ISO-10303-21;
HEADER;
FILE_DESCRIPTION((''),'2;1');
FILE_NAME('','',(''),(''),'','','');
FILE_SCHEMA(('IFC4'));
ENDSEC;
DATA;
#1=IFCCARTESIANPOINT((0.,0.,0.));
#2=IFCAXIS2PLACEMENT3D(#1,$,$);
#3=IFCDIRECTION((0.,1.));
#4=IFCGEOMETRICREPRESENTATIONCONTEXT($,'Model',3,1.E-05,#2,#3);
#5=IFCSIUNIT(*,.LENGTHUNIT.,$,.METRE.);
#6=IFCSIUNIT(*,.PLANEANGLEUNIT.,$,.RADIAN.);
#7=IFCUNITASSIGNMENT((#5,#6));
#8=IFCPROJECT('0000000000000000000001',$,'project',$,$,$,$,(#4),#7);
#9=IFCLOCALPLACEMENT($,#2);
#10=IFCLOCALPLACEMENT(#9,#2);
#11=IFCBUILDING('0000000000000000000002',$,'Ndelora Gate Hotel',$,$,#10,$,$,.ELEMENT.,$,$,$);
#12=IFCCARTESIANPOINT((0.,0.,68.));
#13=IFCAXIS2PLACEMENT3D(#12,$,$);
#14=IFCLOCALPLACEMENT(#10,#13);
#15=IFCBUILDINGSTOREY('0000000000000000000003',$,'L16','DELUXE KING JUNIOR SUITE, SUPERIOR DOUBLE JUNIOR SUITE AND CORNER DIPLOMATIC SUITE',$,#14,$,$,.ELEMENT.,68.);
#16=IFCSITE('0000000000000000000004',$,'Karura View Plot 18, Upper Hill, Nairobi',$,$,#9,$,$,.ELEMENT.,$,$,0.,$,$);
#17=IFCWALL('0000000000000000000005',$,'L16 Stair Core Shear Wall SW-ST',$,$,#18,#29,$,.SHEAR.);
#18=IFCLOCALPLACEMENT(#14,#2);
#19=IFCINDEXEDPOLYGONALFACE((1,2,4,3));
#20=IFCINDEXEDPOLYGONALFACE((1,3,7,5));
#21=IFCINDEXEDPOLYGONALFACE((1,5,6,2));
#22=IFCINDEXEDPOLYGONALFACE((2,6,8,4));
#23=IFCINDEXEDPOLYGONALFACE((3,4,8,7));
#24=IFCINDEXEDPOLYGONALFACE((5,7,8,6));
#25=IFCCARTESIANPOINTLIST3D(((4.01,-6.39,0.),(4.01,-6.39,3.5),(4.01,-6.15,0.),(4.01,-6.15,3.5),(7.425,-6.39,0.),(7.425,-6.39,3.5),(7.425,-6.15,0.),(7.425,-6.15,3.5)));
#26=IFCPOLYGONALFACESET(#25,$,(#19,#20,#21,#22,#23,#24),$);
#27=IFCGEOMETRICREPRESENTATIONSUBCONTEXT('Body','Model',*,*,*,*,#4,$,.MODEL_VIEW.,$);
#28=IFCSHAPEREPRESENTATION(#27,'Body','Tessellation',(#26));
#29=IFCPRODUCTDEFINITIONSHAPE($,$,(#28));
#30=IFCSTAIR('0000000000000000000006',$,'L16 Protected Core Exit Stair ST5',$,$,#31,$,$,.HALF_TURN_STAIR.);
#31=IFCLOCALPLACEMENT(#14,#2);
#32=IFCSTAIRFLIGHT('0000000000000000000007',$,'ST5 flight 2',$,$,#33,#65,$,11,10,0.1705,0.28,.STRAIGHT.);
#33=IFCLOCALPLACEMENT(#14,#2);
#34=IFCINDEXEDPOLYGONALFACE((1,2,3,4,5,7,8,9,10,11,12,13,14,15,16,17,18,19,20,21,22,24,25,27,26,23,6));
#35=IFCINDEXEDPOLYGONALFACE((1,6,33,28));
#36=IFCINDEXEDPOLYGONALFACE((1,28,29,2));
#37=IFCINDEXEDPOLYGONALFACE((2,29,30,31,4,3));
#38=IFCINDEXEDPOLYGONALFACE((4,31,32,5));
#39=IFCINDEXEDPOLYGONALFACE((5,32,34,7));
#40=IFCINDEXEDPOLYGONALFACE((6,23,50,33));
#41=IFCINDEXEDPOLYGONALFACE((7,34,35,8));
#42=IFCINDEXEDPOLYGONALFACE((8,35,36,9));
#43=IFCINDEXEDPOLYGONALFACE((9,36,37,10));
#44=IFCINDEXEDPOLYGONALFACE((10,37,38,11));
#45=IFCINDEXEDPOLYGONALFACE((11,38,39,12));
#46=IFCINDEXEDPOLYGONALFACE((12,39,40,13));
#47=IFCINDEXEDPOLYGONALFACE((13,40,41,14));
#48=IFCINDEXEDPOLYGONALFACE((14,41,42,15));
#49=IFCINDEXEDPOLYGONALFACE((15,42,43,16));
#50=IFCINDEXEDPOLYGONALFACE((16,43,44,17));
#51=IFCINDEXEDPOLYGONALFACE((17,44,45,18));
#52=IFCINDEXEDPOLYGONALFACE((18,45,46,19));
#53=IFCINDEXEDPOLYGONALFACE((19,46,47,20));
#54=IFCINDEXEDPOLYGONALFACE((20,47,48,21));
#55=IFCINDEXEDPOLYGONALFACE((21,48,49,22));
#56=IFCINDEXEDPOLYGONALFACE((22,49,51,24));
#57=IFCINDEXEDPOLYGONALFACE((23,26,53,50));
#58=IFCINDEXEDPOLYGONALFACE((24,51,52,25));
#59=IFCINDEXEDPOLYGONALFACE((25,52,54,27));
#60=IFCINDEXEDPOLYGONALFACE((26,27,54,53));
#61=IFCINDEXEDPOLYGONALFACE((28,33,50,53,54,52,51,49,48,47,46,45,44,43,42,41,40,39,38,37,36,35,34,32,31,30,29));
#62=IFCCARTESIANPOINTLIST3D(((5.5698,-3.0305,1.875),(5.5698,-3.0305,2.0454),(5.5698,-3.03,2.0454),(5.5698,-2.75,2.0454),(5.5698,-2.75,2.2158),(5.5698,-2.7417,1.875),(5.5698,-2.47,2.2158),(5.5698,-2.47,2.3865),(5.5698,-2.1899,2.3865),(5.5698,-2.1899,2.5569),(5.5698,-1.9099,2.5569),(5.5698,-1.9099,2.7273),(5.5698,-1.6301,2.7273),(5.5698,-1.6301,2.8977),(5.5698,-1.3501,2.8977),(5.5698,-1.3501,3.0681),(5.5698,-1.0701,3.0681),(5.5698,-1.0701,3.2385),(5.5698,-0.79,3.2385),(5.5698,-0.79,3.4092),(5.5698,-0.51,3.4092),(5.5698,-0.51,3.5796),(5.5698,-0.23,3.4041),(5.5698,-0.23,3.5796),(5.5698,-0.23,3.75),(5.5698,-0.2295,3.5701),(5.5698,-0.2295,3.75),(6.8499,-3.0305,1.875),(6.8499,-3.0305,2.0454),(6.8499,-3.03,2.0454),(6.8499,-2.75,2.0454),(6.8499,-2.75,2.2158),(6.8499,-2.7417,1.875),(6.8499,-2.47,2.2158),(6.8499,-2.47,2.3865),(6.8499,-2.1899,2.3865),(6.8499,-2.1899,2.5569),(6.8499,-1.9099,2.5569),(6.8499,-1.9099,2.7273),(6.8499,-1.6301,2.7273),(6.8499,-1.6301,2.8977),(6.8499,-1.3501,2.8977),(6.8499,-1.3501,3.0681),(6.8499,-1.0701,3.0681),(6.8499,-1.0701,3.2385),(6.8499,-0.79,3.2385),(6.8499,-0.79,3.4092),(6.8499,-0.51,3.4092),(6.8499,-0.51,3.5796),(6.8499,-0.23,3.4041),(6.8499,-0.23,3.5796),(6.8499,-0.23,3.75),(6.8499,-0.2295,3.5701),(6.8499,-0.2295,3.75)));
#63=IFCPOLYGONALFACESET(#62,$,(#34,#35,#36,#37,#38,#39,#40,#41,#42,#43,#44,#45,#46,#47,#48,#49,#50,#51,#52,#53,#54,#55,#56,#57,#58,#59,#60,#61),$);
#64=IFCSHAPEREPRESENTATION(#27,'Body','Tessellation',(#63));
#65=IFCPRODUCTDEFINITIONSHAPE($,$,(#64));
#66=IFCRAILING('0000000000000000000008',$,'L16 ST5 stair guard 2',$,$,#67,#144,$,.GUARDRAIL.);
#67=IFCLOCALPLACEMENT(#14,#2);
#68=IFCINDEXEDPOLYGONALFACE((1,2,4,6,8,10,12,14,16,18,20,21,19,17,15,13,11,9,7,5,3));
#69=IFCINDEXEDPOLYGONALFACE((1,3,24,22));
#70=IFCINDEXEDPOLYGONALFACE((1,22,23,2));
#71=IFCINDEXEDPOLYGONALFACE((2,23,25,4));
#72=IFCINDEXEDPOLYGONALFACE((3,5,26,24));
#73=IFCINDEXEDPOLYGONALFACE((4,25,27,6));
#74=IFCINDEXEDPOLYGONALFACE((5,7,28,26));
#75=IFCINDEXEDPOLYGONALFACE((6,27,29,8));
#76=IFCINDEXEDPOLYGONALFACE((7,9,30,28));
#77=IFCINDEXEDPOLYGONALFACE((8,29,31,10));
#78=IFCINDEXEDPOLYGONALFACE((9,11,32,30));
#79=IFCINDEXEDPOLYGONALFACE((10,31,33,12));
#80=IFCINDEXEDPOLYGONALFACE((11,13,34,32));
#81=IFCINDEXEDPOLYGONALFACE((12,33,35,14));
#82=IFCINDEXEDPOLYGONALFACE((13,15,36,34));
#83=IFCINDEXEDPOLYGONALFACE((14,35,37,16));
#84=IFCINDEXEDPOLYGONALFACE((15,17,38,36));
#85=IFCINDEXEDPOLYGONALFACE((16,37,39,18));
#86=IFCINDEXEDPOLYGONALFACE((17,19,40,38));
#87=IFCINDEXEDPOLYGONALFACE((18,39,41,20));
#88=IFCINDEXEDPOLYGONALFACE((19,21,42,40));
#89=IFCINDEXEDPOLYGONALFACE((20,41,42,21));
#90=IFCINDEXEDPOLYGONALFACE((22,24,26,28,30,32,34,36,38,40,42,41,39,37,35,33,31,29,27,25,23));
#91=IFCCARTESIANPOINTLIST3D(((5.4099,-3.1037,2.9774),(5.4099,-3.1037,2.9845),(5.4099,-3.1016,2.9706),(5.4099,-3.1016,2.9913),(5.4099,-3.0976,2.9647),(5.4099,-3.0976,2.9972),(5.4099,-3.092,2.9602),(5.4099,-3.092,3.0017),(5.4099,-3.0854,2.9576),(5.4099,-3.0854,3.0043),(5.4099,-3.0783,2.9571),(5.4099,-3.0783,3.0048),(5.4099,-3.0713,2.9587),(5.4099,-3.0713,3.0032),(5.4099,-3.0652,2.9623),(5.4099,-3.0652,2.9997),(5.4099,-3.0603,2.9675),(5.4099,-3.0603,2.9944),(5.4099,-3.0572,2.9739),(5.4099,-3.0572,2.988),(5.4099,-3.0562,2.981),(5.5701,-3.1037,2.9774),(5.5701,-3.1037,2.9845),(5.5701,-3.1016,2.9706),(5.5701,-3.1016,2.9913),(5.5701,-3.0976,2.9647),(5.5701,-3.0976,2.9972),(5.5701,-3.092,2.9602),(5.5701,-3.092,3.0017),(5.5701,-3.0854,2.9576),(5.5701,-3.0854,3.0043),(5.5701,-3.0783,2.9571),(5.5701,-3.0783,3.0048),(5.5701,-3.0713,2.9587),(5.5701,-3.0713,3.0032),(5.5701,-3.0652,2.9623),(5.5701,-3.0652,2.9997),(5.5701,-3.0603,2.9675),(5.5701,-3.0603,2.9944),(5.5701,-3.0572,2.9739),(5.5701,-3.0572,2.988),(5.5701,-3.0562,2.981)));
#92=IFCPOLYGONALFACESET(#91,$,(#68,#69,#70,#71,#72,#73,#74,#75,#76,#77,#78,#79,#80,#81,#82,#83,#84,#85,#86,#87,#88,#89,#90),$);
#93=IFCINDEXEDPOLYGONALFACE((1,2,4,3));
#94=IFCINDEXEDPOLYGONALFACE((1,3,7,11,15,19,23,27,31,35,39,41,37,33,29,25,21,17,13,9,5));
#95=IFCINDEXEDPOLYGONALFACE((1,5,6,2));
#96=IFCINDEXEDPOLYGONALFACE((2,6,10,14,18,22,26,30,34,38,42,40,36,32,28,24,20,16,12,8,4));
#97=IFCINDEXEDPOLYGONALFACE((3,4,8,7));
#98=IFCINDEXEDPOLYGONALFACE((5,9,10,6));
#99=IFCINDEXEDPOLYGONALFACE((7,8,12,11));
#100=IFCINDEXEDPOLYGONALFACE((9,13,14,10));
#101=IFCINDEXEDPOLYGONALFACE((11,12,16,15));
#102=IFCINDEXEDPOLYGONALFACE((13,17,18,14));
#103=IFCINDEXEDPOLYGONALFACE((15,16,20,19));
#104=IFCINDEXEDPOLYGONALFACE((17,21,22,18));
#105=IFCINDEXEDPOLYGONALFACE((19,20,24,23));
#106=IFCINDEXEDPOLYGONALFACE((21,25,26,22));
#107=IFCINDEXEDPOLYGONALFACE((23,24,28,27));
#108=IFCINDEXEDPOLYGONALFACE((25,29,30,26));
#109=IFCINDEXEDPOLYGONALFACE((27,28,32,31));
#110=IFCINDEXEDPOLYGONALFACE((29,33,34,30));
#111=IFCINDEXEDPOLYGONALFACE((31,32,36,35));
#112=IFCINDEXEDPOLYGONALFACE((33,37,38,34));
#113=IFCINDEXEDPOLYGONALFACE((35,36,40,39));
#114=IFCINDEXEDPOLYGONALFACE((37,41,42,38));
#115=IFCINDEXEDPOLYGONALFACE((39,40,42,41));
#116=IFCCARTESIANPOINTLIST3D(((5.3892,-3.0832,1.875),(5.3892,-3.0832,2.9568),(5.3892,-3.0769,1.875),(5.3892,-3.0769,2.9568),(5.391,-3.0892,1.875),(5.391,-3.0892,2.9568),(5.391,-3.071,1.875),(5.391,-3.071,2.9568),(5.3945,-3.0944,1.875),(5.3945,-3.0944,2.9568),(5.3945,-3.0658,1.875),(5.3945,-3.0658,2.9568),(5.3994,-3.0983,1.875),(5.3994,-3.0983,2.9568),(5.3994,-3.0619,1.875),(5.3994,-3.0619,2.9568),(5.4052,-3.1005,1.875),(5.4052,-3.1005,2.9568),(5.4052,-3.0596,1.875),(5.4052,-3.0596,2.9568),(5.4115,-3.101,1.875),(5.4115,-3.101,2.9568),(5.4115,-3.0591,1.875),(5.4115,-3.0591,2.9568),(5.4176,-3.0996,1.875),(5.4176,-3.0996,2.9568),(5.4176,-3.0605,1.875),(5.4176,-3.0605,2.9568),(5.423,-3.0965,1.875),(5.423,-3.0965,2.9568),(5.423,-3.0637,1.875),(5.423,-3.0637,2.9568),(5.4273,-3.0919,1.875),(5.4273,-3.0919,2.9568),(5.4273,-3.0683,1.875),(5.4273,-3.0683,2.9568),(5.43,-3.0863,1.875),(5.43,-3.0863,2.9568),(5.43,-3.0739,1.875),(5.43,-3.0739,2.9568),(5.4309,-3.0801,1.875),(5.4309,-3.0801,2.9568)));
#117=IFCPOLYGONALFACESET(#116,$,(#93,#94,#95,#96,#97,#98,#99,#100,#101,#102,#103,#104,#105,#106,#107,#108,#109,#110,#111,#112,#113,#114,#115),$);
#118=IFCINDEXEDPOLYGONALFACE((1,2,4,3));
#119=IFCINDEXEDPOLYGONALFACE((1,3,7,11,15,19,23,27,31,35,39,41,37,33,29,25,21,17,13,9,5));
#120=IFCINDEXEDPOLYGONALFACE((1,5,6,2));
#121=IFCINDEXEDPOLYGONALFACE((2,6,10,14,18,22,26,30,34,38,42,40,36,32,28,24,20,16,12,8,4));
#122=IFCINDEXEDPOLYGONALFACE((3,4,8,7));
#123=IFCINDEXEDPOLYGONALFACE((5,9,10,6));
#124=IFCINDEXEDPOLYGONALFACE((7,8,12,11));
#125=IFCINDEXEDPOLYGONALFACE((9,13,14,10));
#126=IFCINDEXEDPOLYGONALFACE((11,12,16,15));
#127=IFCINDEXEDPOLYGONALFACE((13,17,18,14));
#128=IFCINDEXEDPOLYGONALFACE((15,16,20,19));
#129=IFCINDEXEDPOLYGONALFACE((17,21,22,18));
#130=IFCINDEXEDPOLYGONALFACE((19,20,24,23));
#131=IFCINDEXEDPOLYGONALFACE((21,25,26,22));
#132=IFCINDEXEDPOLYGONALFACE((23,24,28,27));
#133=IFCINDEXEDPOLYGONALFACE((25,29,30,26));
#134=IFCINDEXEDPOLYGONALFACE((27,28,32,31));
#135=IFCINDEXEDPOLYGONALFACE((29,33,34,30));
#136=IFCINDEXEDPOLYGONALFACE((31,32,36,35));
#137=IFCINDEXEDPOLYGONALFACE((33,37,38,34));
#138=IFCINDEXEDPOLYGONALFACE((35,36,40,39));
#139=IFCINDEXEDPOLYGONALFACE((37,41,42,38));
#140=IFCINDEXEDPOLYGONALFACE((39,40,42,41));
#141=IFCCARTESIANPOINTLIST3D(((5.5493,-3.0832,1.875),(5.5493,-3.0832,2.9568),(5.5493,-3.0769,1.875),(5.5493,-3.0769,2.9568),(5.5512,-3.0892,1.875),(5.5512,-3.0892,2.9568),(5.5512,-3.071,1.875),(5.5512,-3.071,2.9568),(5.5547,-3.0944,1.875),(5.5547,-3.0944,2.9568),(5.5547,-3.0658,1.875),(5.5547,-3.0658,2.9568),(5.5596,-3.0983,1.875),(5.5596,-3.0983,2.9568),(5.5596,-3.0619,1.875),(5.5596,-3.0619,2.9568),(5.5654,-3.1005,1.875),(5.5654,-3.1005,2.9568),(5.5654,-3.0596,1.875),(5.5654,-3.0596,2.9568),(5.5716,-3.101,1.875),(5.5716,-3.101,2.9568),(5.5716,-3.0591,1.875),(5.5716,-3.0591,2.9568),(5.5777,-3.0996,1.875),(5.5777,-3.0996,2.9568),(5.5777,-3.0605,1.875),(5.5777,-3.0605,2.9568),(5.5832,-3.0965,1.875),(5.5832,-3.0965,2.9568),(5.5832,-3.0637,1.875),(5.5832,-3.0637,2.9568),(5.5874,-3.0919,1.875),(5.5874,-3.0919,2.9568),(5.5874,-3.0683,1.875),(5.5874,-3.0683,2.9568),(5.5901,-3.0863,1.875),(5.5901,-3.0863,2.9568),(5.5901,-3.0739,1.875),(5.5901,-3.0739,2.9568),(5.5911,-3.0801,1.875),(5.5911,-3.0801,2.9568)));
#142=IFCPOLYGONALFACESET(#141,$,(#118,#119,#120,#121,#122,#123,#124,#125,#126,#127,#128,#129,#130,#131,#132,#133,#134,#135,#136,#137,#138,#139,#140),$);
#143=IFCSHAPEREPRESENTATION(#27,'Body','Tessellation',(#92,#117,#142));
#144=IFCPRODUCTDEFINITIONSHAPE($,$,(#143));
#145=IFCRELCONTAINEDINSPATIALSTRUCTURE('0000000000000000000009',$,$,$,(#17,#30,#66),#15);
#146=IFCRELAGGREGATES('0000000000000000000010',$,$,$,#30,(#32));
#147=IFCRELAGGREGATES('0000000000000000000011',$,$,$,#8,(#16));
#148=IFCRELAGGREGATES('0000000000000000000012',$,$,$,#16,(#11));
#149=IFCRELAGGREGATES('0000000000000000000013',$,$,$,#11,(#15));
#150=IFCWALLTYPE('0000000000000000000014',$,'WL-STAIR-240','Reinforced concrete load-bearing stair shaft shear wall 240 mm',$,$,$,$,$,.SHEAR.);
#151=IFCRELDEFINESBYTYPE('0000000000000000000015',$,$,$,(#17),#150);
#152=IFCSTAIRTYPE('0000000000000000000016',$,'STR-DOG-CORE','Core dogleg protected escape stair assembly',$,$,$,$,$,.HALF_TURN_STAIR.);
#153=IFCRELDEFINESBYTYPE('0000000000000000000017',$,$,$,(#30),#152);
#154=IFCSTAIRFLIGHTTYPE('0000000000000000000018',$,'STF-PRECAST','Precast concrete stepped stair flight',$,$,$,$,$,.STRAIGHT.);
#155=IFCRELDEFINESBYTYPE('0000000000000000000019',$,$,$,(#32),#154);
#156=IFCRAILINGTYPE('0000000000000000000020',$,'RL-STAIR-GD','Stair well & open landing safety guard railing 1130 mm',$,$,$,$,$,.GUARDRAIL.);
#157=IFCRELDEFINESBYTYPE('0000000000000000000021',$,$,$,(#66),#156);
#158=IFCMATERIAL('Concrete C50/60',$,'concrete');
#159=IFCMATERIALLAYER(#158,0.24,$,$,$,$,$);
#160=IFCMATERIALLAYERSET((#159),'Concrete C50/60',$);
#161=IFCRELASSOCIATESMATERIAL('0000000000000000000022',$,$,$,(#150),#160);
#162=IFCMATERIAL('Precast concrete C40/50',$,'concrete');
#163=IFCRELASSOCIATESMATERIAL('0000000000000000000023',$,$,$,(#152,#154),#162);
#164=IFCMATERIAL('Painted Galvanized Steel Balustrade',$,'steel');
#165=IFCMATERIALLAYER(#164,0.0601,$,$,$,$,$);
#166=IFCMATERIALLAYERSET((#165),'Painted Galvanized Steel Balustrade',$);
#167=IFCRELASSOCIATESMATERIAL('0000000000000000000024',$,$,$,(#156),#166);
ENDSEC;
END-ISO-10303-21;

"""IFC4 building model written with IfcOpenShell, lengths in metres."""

from ifc_helpers import new_model, si_unit, direction, frame, frame_2d, origin, origin_2d, place, context, subcontext, project, spatial, polyline, rectangle, circle, outline, extrude, material, layer, layer_set, type_object, element, aggregate, save


model = new_model("IFC4")

# Units and contexts
model_context = context("Model", 3, precision=1e-05, world=origin(), true_north=direction((0.0, 1.0)))
body_context = subcontext(model_context, "Body", "Model", "MODEL_VIEW")
ifc_project = project(units=[si_unit("LENGTHUNIT", "METRE"), si_unit("PLANEANGLEUNIT", "RADIAN")], contexts=[model_context])

# Site, building, storey
site_placement = place(None, origin())
site = spatial("IfcSite", under=ifc_project, at=site_placement, Name="Karura View Plot 18, Upper Hill, Nairobi", CompositionType="ELEMENT", RefElevation=0.0)
building_placement = place(site_placement, origin())
building = spatial("IfcBuilding", under=site, at=building_placement, Name="Ndelora Gate Hotel", CompositionType="ELEMENT")
storey_placement = place(building_placement, frame((0.0, 0.0, 68.0)))
storey = spatial("IfcBuildingStorey", under=building, at=storey_placement, Name="L16", Description="DELUXE KING JUNIOR SUITE, SUPERIOR DOUBLE JUNIOR SUITE AND CORNER DIPLOMATIC SUITE", CompositionType="ELEMENT", Elevation=68.0)

# Wall
ifc_material_1 = material(Name="Concrete C50/60", Category="concrete")
ifc_layer_1 = layer(ifc_material_1, 0.24)
ifc_layer_set_1 = layer_set([ifc_layer_1], Name="Concrete C50/60")
wall_type_1 = type_object("IfcWallType", Name="WL-STAIR-240", Description="Reinforced concrete load-bearing stair shaft shear wall 240 mm", PredefinedType="SHEAR", material=ifc_layer_set_1)
wall_1_placement = place(storey_placement, frame((4.01, -6.27, 0.0), z_axis=(0.0, 0.0, 1.0), x_axis=(1.0, 0.0, 0.0)))
element("IfcWall", 1, at=wall_1_placement, inside=storey, type_object=wall_type_1, Name="L16 Stair Core Shear Wall SW-ST", PredefinedType="SHEAR", context=body_context, shape_type="SweptSolid", body=[
    extrude(rectangle(XDim=3.415, YDim=0.24, at=frame_2d((1.7075, 0.0))), origin(), (0.0, 0.0, 1.0), 3.5),
])

# Stair, stair flight
ifc_material_2 = material(Name="Precast concrete C40/50", Category="concrete")
stair_type = type_object("IfcStairType", Name="STR-DOG-CORE", Description="Core dogleg protected escape stair assembly", PredefinedType="HALF_TURN_STAIR", material=ifc_material_2)
stair_placement = place(storey_placement, origin())
stair = element("IfcStair", 2, at=stair_placement, inside=storey, type_object=stair_type, Name="L16 Protected Core Exit Stair ST5", PredefinedType="HALF_TURN_STAIR")
stair_flight_type = type_object("IfcStairFlightType", Name="STF-PRECAST", Description="Precast concrete stepped stair flight", PredefinedType="STRAIGHT", material=ifc_material_2)
stair_flight_placement = place(storey_placement, frame((6.21, -3.03, 1.875), z_axis=(0.0, 0.0, 1.0), x_axis=(0.0, 1.0, 0.0)))
stair_flight = element("IfcStairFlight", 3, at=stair_flight_placement, type_object=stair_flight_type, Name="ST5 flight 2", NumberOfRisers=11, NumberOfTreads=10, PredefinedType="STRAIGHT", RiserHeight=0.1705, TreadLength=0.28, context=body_context, shape_type="SweptSolid", body=[
    extrude(outline(polyline([(-0.0005, 0.0), (-0.0005, 0.1704), (0.0, 0.1704), (0.28, 0.1704), (0.28, 0.3408), (0.5601, 0.3408), (0.5601, 0.5115), (0.8401, 0.5115), (0.8401, 0.6819), (1.1201, 0.6819), (1.1201, 0.8523), (1.3999, 0.8523), (1.3999, 1.0227), (1.6799, 1.0227), (1.6799, 1.1931), (1.96, 1.1931), (1.96, 1.3635), (2.24, 1.3635), (2.24, 1.5342), (2.52, 1.5342), (2.52, 1.7046), (2.8, 1.7046), (2.8, 1.875), (2.8005, 1.875), (2.8005, 1.6951), (2.8, 1.5291), (0.2883, 0.0), (-0.0005, 0.0)])), frame((0.0, 0.6401, 0.0), z_axis=(0.0, -1.0, 0.0), x_axis=(1.0, 0.0, 0.0)), (0.0, 0.0, 1.0), 1.28),
])
aggregate(stair, [stair_flight])

# Railing
ifc_material_3 = material(Name="Painted Galvanized Steel Balustrade", Category="steel")
ifc_layer_2 = layer(ifc_material_3, 0.0601)
ifc_layer_set_2 = layer_set([ifc_layer_2], Name="Painted Galvanized Steel Balustrade")
railing_type = type_object("IfcRailingType", Name="RL-STAIR-GD", Description="Stair well & open landing safety guard railing 1130 mm", PredefinedType="GUARDRAIL", material=ifc_layer_set_2)
railing_1_placement = place(storey_placement, frame((5.4099, -3.0801, 1.875)))
element("IfcRailing", 4, at=railing_1_placement, inside=storey, type_object=railing_type, Name="L16 ST5 stair guard 2", PredefinedType="GUARDRAIL", context=body_context, shape_type="SweptSolid", body=[
    extrude(circle(Radius=0.0239, at=origin_2d()), frame((0.0, 0.0, 1.106), z_axis=(1.0, 0.0, 0.0), x_axis=(0.0, 1.0, 0.0)), (0.0, 0.0, 1.0), 0.1602),
    extrude(circle(Radius=0.021, at=origin_2d()), origin(), (0.0, 0.0, 1.0), 1.0818),
    extrude(circle(Radius=0.021, at=origin_2d()), frame((0.1602, 0.0, 0.0)), (0.0, 0.0, 1.0), 1.0818),
])

save(model, "model.ifc")
